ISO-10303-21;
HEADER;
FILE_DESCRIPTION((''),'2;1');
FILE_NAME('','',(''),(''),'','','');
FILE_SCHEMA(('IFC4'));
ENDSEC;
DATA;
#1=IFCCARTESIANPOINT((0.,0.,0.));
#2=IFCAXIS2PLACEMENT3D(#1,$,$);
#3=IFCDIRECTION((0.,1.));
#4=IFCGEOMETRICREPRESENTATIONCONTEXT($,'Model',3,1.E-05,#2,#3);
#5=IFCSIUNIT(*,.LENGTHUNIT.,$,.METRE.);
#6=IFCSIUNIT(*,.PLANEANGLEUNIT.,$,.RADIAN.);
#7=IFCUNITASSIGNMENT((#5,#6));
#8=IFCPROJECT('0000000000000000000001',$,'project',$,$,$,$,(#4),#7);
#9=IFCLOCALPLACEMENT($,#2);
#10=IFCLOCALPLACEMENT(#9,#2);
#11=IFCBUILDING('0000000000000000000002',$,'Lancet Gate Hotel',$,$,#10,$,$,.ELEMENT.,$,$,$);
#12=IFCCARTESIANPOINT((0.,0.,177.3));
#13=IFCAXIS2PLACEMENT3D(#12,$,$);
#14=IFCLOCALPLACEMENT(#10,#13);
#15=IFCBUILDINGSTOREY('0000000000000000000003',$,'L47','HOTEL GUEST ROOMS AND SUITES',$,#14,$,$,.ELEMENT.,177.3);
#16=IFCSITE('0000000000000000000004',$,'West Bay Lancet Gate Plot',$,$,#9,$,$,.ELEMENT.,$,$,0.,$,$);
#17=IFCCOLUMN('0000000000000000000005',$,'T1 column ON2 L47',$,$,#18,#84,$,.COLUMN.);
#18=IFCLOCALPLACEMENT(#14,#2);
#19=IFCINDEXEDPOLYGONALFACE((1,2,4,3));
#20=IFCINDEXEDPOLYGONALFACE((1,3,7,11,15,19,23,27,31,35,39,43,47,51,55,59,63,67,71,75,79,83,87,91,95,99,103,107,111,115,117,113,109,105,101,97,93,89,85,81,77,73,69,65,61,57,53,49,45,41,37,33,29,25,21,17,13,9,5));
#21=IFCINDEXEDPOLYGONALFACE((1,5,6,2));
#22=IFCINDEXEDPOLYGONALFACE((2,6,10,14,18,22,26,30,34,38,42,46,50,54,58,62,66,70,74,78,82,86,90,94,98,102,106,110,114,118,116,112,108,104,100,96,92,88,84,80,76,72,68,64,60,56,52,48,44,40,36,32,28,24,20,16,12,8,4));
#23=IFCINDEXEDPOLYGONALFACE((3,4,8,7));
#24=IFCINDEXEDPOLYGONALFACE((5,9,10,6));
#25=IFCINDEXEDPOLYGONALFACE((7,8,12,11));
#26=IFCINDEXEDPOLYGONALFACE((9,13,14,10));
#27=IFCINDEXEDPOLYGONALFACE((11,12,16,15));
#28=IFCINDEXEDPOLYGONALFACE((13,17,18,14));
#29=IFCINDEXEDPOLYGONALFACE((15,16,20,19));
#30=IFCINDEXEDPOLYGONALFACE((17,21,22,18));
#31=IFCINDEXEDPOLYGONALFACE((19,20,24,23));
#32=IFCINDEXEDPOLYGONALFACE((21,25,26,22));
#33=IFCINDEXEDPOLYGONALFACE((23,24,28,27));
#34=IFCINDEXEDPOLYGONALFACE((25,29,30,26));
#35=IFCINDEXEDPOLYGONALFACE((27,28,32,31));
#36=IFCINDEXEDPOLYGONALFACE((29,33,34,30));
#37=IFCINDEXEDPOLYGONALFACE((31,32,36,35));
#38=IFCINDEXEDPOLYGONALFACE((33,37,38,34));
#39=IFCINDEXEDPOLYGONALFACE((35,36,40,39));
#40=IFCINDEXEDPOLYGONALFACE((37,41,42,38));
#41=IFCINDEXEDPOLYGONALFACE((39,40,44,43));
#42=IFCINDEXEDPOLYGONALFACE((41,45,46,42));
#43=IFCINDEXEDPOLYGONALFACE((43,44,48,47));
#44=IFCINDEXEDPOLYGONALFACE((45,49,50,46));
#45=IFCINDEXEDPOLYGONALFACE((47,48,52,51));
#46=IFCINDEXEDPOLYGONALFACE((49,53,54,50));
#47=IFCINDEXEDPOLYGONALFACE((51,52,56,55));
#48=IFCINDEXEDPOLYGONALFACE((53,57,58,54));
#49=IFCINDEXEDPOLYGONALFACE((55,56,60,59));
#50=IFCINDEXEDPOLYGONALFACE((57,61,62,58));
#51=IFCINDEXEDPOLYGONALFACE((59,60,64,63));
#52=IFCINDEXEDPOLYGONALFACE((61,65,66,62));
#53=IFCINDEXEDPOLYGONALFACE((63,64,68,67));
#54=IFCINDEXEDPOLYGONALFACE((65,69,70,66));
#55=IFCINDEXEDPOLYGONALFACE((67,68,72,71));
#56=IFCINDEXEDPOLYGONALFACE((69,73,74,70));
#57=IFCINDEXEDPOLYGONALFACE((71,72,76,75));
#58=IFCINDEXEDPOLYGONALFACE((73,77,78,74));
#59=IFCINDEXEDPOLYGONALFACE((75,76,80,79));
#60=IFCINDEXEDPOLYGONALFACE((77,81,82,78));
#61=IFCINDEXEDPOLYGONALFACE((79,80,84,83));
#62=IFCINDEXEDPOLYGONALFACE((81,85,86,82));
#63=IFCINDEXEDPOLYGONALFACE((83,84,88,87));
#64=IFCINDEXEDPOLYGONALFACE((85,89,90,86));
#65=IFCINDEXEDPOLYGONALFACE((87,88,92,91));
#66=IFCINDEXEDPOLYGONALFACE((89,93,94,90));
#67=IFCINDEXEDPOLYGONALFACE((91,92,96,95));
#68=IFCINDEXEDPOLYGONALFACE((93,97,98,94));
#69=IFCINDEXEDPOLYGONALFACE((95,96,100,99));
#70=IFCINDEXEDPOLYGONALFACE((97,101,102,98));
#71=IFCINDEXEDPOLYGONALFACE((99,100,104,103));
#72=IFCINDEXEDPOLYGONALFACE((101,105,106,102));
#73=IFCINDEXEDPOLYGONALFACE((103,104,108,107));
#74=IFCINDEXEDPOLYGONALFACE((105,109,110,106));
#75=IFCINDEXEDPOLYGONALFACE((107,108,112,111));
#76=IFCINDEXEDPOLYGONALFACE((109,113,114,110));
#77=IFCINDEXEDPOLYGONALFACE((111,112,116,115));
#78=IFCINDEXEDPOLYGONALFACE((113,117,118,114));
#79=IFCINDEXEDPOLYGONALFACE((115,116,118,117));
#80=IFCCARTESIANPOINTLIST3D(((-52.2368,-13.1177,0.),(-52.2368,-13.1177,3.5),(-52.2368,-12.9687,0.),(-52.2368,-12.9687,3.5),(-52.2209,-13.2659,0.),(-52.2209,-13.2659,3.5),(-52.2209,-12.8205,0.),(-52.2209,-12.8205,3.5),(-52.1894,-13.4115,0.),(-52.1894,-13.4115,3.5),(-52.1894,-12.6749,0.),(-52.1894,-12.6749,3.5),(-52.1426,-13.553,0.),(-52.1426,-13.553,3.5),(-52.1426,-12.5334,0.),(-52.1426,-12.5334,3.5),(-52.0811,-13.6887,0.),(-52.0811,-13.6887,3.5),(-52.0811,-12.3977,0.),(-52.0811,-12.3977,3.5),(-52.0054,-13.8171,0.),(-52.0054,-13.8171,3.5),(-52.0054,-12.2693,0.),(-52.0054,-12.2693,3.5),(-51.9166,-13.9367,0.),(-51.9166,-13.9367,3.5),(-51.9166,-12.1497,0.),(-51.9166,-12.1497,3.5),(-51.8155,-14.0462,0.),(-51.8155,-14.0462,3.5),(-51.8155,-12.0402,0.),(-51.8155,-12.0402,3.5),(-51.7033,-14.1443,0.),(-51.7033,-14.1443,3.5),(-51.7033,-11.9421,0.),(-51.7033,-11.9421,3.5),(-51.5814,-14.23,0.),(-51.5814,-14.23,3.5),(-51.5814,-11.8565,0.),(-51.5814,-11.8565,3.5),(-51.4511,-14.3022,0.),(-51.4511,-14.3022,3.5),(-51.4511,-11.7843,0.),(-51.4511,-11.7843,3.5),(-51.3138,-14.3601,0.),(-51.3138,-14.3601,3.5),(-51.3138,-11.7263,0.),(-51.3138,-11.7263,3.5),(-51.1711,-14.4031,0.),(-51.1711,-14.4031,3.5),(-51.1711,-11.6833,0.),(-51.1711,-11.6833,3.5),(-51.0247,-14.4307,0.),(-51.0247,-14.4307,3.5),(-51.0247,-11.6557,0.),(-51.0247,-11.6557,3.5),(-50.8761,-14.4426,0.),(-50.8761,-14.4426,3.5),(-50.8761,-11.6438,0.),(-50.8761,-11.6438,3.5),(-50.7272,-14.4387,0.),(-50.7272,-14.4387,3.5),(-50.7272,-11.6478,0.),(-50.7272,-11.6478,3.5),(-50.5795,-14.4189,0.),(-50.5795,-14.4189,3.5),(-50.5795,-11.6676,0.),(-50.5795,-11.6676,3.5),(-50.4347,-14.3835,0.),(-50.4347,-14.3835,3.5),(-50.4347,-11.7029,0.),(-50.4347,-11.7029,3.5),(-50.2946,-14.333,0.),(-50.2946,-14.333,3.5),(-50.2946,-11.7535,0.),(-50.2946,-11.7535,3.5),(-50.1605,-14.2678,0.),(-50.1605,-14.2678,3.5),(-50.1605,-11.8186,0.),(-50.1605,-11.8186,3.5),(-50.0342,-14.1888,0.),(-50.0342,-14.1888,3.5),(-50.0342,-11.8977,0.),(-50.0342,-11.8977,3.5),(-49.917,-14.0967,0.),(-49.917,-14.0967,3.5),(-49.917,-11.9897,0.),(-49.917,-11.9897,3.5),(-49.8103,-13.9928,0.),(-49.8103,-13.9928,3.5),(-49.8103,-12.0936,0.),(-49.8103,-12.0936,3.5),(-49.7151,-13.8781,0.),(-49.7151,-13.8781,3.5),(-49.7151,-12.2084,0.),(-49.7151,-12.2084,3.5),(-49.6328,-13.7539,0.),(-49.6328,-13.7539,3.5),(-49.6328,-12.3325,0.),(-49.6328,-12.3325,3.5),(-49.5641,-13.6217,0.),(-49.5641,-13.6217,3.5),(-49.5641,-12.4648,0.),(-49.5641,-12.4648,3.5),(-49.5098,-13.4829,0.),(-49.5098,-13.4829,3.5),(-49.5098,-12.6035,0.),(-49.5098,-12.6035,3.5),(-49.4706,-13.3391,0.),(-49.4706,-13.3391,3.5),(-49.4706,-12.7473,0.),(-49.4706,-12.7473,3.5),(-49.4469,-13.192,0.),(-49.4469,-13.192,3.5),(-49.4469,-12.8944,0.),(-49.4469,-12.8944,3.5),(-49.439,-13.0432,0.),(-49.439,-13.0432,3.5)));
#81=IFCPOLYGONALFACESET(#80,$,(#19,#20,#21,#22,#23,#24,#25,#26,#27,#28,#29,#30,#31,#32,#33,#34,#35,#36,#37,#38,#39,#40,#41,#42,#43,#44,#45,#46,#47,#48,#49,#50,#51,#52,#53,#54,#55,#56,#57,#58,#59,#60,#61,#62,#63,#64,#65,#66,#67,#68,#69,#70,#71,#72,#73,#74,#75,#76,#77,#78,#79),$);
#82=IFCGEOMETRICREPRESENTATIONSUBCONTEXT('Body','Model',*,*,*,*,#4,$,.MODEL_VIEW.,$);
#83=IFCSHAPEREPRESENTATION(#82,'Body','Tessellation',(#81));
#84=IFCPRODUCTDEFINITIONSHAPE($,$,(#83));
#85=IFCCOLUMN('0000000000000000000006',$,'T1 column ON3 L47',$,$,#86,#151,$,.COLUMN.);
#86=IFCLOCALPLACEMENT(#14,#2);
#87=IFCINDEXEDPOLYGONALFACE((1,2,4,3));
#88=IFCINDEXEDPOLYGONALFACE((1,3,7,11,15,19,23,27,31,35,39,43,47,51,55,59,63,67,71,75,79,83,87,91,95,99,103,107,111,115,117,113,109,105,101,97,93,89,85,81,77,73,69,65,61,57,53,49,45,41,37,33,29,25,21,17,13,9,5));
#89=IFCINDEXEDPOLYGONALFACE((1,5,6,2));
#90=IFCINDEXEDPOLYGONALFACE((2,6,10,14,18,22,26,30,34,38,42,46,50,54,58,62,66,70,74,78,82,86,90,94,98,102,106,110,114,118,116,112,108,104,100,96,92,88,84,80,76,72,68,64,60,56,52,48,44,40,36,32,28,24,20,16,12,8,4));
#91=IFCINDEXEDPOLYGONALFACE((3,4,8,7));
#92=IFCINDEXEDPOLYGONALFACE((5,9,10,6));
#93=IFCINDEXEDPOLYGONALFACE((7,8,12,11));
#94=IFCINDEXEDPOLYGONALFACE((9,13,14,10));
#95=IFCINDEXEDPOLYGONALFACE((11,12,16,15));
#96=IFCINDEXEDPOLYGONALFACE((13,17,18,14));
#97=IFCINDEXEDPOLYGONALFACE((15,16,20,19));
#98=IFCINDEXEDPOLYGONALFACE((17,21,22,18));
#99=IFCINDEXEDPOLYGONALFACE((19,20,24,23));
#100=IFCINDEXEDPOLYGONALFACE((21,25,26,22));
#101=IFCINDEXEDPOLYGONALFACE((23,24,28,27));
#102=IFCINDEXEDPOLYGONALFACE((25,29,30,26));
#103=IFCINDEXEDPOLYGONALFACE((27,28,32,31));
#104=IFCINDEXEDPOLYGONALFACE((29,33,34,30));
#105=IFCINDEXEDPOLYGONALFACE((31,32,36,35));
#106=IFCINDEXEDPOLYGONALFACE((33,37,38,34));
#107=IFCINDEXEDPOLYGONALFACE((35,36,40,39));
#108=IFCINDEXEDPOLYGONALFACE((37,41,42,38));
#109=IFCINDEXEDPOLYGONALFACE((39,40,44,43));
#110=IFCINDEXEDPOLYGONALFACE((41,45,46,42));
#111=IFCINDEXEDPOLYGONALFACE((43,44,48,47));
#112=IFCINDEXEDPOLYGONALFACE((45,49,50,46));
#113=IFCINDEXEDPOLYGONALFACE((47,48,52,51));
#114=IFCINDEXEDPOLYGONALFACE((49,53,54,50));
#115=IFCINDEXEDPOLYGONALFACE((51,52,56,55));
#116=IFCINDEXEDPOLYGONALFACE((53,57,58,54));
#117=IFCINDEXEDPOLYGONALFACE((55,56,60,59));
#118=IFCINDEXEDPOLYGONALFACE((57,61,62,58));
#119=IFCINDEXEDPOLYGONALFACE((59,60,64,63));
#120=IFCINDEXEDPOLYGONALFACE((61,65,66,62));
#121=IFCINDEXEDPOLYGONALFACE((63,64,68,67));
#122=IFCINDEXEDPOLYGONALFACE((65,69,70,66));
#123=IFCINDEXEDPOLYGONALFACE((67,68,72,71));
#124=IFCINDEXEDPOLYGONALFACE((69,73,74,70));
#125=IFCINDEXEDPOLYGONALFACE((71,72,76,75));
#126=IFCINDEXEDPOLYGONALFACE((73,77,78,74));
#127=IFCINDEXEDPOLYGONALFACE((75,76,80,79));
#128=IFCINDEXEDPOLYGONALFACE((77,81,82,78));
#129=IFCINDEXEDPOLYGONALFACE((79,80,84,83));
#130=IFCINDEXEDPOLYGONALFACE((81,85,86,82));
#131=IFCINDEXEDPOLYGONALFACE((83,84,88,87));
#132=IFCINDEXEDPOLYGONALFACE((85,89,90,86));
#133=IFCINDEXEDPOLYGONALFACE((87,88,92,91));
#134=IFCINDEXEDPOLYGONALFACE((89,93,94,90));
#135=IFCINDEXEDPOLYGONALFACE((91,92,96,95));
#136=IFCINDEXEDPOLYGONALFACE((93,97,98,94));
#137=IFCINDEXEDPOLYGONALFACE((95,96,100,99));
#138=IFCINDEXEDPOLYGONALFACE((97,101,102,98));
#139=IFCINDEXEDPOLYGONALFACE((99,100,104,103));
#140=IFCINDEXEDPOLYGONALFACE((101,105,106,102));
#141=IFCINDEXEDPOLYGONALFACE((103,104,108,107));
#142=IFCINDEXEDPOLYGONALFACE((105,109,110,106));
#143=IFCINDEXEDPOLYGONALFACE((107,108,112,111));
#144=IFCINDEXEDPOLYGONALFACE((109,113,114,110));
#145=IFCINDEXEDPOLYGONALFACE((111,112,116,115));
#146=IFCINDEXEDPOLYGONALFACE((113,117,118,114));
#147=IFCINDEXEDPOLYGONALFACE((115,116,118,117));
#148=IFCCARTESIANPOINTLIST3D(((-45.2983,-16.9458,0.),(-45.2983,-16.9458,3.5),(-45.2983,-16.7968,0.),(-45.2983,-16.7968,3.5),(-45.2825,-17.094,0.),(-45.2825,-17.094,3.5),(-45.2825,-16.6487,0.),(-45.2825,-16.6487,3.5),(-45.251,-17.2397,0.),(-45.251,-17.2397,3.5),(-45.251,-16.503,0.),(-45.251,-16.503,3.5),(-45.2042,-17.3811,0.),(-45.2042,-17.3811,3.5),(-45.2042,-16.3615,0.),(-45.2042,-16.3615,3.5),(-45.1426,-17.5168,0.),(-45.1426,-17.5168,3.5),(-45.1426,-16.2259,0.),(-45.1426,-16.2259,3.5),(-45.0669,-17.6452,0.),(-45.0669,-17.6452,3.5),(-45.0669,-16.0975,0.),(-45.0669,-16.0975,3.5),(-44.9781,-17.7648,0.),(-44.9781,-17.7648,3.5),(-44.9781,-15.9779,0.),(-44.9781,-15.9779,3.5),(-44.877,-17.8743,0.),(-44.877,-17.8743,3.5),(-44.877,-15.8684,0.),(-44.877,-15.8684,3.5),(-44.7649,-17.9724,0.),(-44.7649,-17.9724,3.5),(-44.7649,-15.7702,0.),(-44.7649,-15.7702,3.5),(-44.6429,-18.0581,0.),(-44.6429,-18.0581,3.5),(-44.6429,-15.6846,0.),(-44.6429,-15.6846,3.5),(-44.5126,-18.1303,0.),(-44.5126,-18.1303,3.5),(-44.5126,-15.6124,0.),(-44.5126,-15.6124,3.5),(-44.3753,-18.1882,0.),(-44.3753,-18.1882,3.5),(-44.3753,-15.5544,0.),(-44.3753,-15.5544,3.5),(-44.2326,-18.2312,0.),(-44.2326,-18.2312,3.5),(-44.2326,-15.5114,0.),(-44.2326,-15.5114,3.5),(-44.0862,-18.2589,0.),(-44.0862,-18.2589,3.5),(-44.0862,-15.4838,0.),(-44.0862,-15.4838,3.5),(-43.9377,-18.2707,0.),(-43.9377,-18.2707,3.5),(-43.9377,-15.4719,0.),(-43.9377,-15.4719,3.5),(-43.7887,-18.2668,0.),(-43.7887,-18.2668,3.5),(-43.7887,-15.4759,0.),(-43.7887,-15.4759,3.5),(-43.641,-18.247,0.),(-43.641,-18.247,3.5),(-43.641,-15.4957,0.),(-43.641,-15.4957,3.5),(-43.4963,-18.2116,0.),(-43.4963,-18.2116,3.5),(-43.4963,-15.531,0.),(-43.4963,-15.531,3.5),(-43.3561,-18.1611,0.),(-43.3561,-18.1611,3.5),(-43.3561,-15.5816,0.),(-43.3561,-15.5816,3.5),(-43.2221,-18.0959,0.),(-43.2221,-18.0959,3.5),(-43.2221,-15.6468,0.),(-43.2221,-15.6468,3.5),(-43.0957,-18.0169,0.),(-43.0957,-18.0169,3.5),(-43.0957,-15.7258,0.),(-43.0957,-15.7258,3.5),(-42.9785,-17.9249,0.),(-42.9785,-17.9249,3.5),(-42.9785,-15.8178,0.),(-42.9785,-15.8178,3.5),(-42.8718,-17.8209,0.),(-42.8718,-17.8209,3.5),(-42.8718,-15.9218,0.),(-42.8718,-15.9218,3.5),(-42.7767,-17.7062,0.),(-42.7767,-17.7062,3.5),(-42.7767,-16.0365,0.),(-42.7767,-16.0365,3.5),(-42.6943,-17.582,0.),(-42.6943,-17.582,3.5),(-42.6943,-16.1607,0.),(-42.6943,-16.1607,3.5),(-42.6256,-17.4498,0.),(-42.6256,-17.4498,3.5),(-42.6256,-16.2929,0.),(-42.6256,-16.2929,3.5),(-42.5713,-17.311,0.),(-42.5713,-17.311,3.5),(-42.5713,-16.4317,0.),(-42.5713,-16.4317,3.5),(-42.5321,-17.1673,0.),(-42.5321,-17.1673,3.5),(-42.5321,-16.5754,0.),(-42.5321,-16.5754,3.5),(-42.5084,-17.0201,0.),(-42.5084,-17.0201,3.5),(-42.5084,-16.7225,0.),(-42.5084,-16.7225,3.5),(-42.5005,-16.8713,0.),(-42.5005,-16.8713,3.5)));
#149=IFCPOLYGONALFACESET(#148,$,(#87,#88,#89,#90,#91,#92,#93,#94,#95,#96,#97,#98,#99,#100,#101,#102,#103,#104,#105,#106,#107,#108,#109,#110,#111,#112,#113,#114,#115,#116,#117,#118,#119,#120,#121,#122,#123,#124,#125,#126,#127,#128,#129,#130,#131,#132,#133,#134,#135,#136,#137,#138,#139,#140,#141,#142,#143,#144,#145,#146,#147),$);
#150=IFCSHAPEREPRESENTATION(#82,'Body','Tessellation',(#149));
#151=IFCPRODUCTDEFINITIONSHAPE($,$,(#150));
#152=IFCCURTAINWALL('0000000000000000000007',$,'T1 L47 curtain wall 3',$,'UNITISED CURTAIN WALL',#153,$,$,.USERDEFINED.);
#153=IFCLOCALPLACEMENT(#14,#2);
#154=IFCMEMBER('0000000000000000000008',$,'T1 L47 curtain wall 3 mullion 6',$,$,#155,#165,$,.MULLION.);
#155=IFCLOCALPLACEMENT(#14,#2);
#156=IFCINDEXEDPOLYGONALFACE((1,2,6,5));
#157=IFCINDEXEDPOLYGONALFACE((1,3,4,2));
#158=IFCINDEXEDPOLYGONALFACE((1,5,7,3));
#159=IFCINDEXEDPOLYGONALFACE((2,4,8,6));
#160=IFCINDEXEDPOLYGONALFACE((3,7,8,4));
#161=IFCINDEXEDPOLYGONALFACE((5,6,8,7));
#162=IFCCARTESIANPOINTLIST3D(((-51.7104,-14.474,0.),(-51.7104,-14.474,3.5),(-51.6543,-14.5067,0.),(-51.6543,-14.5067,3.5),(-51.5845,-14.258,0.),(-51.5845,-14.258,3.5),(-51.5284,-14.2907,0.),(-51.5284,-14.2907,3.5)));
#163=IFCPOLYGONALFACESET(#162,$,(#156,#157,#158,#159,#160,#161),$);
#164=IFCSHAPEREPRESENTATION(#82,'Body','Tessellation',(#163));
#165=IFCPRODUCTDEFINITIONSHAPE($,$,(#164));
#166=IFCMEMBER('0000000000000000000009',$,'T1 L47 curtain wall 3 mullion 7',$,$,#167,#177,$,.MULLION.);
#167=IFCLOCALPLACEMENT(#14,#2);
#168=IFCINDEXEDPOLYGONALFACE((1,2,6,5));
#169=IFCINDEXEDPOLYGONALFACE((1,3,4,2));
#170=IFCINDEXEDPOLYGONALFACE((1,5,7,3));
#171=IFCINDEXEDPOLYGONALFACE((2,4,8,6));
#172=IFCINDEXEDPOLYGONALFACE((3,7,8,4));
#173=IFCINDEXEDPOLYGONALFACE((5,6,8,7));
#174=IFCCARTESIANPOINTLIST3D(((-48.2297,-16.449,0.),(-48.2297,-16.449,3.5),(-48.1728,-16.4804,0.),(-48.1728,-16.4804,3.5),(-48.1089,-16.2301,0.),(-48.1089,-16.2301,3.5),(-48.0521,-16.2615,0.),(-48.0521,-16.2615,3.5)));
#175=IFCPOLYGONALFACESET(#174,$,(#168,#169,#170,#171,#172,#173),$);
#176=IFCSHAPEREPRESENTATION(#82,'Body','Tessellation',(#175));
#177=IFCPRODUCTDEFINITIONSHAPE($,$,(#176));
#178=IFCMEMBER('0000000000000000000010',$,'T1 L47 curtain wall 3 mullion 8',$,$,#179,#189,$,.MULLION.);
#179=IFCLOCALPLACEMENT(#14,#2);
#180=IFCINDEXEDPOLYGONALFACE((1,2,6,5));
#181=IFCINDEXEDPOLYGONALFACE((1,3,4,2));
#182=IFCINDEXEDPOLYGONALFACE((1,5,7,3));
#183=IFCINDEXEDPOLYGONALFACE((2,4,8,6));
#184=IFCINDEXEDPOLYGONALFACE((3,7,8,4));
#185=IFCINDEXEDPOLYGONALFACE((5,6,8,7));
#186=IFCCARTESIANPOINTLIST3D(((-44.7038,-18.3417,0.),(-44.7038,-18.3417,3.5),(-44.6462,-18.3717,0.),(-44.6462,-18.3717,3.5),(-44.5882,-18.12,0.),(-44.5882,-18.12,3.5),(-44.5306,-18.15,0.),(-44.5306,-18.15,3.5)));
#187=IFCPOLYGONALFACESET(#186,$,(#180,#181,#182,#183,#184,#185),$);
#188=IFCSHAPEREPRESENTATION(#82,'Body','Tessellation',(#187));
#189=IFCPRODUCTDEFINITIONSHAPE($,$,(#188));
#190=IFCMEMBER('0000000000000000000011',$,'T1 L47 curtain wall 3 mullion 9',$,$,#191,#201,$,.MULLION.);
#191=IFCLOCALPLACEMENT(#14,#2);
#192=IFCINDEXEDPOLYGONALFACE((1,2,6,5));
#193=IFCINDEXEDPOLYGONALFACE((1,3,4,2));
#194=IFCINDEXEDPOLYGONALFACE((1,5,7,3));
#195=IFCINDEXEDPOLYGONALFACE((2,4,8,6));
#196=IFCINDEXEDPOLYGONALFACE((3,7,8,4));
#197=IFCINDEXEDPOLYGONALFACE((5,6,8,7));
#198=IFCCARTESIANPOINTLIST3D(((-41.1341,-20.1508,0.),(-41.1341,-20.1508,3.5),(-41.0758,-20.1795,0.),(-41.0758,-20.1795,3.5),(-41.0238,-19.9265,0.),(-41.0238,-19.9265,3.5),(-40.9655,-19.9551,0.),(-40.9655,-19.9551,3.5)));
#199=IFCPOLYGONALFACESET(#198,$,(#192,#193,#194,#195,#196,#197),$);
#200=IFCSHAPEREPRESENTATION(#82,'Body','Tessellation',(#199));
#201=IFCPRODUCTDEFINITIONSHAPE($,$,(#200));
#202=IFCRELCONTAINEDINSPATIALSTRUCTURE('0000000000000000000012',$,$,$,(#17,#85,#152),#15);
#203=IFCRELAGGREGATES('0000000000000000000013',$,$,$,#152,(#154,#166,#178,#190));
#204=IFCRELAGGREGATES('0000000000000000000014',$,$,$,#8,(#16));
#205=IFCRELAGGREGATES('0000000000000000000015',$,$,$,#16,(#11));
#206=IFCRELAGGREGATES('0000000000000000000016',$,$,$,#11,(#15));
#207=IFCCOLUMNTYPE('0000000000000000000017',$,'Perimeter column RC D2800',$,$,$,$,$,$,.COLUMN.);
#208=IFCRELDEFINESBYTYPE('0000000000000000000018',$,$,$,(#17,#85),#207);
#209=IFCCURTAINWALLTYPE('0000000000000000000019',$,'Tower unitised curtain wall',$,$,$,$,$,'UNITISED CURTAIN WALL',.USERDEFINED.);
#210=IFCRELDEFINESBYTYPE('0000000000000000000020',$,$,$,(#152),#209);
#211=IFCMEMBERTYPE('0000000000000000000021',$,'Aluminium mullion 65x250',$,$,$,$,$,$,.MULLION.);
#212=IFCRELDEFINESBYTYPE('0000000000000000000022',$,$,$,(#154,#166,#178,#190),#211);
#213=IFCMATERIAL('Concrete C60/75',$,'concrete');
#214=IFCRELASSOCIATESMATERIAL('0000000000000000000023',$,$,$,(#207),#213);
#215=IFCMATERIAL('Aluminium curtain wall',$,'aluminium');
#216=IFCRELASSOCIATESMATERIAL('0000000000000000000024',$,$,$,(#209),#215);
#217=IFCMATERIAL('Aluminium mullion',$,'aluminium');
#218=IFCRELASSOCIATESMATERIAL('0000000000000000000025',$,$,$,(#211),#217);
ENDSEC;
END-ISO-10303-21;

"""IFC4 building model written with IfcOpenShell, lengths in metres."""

from ifc_helpers import new_model, si_unit, direction, frame, origin, origin_2d, place, context, subcontext, project, spatial, rectangle, circle, extrude, material, material_profile, profile_set, type_object, element, aggregate, save


model = new_model("IFC4")

# Units and contexts
model_context = context("Model", 3, precision=1e-05, world=origin(), true_north=direction((0.0, 1.0)))
body_context = subcontext(model_context, "Body", "Model", "MODEL_VIEW")
ifc_project = project(units=[si_unit("LENGTHUNIT", "METRE"), si_unit("PLANEANGLEUNIT", "RADIAN")], contexts=[model_context])

# Site, building, storey
site_placement = place(None, origin())
site = spatial("IfcSite", under=ifc_project, at=site_placement, Name="West Bay Lancet Gate Plot", CompositionType="ELEMENT", RefElevation=0.0)
building_placement = place(site_placement, origin())
building = spatial("IfcBuilding", under=site, at=building_placement, Name="Lancet Gate Hotel", CompositionType="ELEMENT")
storey_placement = place(building_placement, frame((0.0, 0.0, 177.3)))
storey = spatial("IfcBuildingStorey", under=building, at=storey_placement, Name="L47", Description="HOTEL GUEST ROOMS AND SUITES", CompositionType="ELEMENT", Elevation=177.3)

# Columns
ifc_material_1 = material(Name="Concrete C60/75", Category="concrete")
ifc_material_profile_1 = material_profile(ifc_material_1, circle(Radius=1.3999, at=origin_2d()), Name="RC D2800")
ifc_profile_set_1 = profile_set([ifc_material_profile_1], Name="Concrete C60/75")
column_type = type_object("IfcColumnType", Name="Perimeter column RC D2800", PredefinedType="COLUMN", material=ifc_profile_set_1)
for number, where, z_axis, x_axis, name in (
    (1, (-50.8389, -13.0432, 0.0), (0.0, 0.0, 1.0), (1.0, 0.0, 0.0), "T1 column ON2 L47"),
    (2, (-43.9004, -16.8713, 0.0), (0.0, 0.0, 1.0), (1.0, 0.0, 0.0), "T1 column ON3 L47"),
):
    element("IfcColumn", number, at=place(storey_placement, frame(where, z_axis=z_axis, x_axis=x_axis)), inside=storey, type_object=column_type, Name=name, PredefinedType="COLUMN", context=body_context, shape_type="SweptSolid", body=[
        extrude(circle(Radius=1.3999, at=origin_2d()), origin(), (0.0, 0.0, 1.0), 3.5),
    ])

# Curtain wall, members
ifc_material_2 = material(Name="Aluminium curtain wall", Category="aluminium")
curtain_wall_type = type_object("IfcCurtainWallType", Name="Tower unitised curtain wall", ElementType="UNITISED CURTAIN WALL", PredefinedType="USERDEFINED", material=ifc_material_2)
curtain_wall_placement = place(storey_placement, origin())
curtain_wall = element("IfcCurtainWall", 3, at=curtain_wall_placement, inside=storey, type_object=curtain_wall_type, Name="T1 L47 curtain wall 3", ObjectType="UNITISED CURTAIN WALL", PredefinedType="USERDEFINED")
ifc_material_3 = material(Name="Aluminium mullion", Category="aluminium")
ifc_material_profile_2 = material_profile(ifc_material_3, rectangle(XDim=0.0649, YDim=0.25, at=origin_2d()), Name="MULLION 65x250")
ifc_profile_set_2 = profile_set([ifc_material_profile_2], Name="Aluminium mullion")
member_type_1 = type_object("IfcMemberType", Name="Aluminium mullion 65x250", PredefinedType="MULLION", material=ifc_profile_set_2)
member_1_placement = place(storey_placement, frame((-51.6194, -14.3823, 0.0), z_axis=(0.0, 0.0, 1.0), x_axis=(0.863969, -0.503545, 0.0)))
member_1 = element("IfcMember", 4, at=member_1_placement, type_object=member_type_1, Name="T1 L47 curtain wall 3 mullion 6", PredefinedType="MULLION", context=body_context, shape_type="SweptSolid", body=[
    extrude(rectangle(XDim=0.0649, YDim=0.25, at=origin_2d()), origin(), (0.0, 0.0, 1.0), 3.5),
])
member_2_placement = place(storey_placement, frame((-48.1409, -16.3552, 0.0), z_axis=(0.0, 0.0, 1.0), x_axis=(0.875574, -0.483084, 0.0)))
member_2 = element("IfcMember", 5, at=member_2_placement, type_object=member_type_1, Name="T1 L47 curtain wall 3 mullion 7", PredefinedType="MULLION", context=body_context, shape_type="SweptSolid", body=[
    extrude(rectangle(XDim=0.0649, YDim=0.25, at=origin_2d()), origin(), (0.0, 0.0, 1.0), 3.5),
])
member_3_placement = place(storey_placement, frame((-44.6172, -18.2458, 0.0), z_axis=(0.0, 0.0, 1.0), x_axis=(0.886694, -0.462356, 0.0)))
member_3 = element("IfcMember", 6, at=member_3_placement, type_object=member_type_1, Name="T1 L47 curtain wall 3 mullion 8", PredefinedType="MULLION", context=body_context, shape_type="SweptSolid", body=[
    extrude(rectangle(XDim=0.0649, YDim=0.25, at=origin_2d()), origin(), (0.0, 0.0, 1.0), 3.5),
])
member_4_placement = place(storey_placement, frame((-41.0498, -20.053, 0.0), z_axis=(0.0, 0.0, 1.0), x_axis=(0.897324, -0.441372, 0.0)))
member_4 = element("IfcMember", 7, at=member_4_placement, type_object=member_type_1, Name="T1 L47 curtain wall 3 mullion 9", PredefinedType="MULLION", context=body_context, shape_type="SweptSolid", body=[
    extrude(rectangle(XDim=0.0649, YDim=0.25, at=origin_2d()), origin(), (0.0, 0.0, 1.0), 3.5),
])

aggregate(curtain_wall, [member_1, member_2, member_3, member_4])

save(model, "model.ifc")
